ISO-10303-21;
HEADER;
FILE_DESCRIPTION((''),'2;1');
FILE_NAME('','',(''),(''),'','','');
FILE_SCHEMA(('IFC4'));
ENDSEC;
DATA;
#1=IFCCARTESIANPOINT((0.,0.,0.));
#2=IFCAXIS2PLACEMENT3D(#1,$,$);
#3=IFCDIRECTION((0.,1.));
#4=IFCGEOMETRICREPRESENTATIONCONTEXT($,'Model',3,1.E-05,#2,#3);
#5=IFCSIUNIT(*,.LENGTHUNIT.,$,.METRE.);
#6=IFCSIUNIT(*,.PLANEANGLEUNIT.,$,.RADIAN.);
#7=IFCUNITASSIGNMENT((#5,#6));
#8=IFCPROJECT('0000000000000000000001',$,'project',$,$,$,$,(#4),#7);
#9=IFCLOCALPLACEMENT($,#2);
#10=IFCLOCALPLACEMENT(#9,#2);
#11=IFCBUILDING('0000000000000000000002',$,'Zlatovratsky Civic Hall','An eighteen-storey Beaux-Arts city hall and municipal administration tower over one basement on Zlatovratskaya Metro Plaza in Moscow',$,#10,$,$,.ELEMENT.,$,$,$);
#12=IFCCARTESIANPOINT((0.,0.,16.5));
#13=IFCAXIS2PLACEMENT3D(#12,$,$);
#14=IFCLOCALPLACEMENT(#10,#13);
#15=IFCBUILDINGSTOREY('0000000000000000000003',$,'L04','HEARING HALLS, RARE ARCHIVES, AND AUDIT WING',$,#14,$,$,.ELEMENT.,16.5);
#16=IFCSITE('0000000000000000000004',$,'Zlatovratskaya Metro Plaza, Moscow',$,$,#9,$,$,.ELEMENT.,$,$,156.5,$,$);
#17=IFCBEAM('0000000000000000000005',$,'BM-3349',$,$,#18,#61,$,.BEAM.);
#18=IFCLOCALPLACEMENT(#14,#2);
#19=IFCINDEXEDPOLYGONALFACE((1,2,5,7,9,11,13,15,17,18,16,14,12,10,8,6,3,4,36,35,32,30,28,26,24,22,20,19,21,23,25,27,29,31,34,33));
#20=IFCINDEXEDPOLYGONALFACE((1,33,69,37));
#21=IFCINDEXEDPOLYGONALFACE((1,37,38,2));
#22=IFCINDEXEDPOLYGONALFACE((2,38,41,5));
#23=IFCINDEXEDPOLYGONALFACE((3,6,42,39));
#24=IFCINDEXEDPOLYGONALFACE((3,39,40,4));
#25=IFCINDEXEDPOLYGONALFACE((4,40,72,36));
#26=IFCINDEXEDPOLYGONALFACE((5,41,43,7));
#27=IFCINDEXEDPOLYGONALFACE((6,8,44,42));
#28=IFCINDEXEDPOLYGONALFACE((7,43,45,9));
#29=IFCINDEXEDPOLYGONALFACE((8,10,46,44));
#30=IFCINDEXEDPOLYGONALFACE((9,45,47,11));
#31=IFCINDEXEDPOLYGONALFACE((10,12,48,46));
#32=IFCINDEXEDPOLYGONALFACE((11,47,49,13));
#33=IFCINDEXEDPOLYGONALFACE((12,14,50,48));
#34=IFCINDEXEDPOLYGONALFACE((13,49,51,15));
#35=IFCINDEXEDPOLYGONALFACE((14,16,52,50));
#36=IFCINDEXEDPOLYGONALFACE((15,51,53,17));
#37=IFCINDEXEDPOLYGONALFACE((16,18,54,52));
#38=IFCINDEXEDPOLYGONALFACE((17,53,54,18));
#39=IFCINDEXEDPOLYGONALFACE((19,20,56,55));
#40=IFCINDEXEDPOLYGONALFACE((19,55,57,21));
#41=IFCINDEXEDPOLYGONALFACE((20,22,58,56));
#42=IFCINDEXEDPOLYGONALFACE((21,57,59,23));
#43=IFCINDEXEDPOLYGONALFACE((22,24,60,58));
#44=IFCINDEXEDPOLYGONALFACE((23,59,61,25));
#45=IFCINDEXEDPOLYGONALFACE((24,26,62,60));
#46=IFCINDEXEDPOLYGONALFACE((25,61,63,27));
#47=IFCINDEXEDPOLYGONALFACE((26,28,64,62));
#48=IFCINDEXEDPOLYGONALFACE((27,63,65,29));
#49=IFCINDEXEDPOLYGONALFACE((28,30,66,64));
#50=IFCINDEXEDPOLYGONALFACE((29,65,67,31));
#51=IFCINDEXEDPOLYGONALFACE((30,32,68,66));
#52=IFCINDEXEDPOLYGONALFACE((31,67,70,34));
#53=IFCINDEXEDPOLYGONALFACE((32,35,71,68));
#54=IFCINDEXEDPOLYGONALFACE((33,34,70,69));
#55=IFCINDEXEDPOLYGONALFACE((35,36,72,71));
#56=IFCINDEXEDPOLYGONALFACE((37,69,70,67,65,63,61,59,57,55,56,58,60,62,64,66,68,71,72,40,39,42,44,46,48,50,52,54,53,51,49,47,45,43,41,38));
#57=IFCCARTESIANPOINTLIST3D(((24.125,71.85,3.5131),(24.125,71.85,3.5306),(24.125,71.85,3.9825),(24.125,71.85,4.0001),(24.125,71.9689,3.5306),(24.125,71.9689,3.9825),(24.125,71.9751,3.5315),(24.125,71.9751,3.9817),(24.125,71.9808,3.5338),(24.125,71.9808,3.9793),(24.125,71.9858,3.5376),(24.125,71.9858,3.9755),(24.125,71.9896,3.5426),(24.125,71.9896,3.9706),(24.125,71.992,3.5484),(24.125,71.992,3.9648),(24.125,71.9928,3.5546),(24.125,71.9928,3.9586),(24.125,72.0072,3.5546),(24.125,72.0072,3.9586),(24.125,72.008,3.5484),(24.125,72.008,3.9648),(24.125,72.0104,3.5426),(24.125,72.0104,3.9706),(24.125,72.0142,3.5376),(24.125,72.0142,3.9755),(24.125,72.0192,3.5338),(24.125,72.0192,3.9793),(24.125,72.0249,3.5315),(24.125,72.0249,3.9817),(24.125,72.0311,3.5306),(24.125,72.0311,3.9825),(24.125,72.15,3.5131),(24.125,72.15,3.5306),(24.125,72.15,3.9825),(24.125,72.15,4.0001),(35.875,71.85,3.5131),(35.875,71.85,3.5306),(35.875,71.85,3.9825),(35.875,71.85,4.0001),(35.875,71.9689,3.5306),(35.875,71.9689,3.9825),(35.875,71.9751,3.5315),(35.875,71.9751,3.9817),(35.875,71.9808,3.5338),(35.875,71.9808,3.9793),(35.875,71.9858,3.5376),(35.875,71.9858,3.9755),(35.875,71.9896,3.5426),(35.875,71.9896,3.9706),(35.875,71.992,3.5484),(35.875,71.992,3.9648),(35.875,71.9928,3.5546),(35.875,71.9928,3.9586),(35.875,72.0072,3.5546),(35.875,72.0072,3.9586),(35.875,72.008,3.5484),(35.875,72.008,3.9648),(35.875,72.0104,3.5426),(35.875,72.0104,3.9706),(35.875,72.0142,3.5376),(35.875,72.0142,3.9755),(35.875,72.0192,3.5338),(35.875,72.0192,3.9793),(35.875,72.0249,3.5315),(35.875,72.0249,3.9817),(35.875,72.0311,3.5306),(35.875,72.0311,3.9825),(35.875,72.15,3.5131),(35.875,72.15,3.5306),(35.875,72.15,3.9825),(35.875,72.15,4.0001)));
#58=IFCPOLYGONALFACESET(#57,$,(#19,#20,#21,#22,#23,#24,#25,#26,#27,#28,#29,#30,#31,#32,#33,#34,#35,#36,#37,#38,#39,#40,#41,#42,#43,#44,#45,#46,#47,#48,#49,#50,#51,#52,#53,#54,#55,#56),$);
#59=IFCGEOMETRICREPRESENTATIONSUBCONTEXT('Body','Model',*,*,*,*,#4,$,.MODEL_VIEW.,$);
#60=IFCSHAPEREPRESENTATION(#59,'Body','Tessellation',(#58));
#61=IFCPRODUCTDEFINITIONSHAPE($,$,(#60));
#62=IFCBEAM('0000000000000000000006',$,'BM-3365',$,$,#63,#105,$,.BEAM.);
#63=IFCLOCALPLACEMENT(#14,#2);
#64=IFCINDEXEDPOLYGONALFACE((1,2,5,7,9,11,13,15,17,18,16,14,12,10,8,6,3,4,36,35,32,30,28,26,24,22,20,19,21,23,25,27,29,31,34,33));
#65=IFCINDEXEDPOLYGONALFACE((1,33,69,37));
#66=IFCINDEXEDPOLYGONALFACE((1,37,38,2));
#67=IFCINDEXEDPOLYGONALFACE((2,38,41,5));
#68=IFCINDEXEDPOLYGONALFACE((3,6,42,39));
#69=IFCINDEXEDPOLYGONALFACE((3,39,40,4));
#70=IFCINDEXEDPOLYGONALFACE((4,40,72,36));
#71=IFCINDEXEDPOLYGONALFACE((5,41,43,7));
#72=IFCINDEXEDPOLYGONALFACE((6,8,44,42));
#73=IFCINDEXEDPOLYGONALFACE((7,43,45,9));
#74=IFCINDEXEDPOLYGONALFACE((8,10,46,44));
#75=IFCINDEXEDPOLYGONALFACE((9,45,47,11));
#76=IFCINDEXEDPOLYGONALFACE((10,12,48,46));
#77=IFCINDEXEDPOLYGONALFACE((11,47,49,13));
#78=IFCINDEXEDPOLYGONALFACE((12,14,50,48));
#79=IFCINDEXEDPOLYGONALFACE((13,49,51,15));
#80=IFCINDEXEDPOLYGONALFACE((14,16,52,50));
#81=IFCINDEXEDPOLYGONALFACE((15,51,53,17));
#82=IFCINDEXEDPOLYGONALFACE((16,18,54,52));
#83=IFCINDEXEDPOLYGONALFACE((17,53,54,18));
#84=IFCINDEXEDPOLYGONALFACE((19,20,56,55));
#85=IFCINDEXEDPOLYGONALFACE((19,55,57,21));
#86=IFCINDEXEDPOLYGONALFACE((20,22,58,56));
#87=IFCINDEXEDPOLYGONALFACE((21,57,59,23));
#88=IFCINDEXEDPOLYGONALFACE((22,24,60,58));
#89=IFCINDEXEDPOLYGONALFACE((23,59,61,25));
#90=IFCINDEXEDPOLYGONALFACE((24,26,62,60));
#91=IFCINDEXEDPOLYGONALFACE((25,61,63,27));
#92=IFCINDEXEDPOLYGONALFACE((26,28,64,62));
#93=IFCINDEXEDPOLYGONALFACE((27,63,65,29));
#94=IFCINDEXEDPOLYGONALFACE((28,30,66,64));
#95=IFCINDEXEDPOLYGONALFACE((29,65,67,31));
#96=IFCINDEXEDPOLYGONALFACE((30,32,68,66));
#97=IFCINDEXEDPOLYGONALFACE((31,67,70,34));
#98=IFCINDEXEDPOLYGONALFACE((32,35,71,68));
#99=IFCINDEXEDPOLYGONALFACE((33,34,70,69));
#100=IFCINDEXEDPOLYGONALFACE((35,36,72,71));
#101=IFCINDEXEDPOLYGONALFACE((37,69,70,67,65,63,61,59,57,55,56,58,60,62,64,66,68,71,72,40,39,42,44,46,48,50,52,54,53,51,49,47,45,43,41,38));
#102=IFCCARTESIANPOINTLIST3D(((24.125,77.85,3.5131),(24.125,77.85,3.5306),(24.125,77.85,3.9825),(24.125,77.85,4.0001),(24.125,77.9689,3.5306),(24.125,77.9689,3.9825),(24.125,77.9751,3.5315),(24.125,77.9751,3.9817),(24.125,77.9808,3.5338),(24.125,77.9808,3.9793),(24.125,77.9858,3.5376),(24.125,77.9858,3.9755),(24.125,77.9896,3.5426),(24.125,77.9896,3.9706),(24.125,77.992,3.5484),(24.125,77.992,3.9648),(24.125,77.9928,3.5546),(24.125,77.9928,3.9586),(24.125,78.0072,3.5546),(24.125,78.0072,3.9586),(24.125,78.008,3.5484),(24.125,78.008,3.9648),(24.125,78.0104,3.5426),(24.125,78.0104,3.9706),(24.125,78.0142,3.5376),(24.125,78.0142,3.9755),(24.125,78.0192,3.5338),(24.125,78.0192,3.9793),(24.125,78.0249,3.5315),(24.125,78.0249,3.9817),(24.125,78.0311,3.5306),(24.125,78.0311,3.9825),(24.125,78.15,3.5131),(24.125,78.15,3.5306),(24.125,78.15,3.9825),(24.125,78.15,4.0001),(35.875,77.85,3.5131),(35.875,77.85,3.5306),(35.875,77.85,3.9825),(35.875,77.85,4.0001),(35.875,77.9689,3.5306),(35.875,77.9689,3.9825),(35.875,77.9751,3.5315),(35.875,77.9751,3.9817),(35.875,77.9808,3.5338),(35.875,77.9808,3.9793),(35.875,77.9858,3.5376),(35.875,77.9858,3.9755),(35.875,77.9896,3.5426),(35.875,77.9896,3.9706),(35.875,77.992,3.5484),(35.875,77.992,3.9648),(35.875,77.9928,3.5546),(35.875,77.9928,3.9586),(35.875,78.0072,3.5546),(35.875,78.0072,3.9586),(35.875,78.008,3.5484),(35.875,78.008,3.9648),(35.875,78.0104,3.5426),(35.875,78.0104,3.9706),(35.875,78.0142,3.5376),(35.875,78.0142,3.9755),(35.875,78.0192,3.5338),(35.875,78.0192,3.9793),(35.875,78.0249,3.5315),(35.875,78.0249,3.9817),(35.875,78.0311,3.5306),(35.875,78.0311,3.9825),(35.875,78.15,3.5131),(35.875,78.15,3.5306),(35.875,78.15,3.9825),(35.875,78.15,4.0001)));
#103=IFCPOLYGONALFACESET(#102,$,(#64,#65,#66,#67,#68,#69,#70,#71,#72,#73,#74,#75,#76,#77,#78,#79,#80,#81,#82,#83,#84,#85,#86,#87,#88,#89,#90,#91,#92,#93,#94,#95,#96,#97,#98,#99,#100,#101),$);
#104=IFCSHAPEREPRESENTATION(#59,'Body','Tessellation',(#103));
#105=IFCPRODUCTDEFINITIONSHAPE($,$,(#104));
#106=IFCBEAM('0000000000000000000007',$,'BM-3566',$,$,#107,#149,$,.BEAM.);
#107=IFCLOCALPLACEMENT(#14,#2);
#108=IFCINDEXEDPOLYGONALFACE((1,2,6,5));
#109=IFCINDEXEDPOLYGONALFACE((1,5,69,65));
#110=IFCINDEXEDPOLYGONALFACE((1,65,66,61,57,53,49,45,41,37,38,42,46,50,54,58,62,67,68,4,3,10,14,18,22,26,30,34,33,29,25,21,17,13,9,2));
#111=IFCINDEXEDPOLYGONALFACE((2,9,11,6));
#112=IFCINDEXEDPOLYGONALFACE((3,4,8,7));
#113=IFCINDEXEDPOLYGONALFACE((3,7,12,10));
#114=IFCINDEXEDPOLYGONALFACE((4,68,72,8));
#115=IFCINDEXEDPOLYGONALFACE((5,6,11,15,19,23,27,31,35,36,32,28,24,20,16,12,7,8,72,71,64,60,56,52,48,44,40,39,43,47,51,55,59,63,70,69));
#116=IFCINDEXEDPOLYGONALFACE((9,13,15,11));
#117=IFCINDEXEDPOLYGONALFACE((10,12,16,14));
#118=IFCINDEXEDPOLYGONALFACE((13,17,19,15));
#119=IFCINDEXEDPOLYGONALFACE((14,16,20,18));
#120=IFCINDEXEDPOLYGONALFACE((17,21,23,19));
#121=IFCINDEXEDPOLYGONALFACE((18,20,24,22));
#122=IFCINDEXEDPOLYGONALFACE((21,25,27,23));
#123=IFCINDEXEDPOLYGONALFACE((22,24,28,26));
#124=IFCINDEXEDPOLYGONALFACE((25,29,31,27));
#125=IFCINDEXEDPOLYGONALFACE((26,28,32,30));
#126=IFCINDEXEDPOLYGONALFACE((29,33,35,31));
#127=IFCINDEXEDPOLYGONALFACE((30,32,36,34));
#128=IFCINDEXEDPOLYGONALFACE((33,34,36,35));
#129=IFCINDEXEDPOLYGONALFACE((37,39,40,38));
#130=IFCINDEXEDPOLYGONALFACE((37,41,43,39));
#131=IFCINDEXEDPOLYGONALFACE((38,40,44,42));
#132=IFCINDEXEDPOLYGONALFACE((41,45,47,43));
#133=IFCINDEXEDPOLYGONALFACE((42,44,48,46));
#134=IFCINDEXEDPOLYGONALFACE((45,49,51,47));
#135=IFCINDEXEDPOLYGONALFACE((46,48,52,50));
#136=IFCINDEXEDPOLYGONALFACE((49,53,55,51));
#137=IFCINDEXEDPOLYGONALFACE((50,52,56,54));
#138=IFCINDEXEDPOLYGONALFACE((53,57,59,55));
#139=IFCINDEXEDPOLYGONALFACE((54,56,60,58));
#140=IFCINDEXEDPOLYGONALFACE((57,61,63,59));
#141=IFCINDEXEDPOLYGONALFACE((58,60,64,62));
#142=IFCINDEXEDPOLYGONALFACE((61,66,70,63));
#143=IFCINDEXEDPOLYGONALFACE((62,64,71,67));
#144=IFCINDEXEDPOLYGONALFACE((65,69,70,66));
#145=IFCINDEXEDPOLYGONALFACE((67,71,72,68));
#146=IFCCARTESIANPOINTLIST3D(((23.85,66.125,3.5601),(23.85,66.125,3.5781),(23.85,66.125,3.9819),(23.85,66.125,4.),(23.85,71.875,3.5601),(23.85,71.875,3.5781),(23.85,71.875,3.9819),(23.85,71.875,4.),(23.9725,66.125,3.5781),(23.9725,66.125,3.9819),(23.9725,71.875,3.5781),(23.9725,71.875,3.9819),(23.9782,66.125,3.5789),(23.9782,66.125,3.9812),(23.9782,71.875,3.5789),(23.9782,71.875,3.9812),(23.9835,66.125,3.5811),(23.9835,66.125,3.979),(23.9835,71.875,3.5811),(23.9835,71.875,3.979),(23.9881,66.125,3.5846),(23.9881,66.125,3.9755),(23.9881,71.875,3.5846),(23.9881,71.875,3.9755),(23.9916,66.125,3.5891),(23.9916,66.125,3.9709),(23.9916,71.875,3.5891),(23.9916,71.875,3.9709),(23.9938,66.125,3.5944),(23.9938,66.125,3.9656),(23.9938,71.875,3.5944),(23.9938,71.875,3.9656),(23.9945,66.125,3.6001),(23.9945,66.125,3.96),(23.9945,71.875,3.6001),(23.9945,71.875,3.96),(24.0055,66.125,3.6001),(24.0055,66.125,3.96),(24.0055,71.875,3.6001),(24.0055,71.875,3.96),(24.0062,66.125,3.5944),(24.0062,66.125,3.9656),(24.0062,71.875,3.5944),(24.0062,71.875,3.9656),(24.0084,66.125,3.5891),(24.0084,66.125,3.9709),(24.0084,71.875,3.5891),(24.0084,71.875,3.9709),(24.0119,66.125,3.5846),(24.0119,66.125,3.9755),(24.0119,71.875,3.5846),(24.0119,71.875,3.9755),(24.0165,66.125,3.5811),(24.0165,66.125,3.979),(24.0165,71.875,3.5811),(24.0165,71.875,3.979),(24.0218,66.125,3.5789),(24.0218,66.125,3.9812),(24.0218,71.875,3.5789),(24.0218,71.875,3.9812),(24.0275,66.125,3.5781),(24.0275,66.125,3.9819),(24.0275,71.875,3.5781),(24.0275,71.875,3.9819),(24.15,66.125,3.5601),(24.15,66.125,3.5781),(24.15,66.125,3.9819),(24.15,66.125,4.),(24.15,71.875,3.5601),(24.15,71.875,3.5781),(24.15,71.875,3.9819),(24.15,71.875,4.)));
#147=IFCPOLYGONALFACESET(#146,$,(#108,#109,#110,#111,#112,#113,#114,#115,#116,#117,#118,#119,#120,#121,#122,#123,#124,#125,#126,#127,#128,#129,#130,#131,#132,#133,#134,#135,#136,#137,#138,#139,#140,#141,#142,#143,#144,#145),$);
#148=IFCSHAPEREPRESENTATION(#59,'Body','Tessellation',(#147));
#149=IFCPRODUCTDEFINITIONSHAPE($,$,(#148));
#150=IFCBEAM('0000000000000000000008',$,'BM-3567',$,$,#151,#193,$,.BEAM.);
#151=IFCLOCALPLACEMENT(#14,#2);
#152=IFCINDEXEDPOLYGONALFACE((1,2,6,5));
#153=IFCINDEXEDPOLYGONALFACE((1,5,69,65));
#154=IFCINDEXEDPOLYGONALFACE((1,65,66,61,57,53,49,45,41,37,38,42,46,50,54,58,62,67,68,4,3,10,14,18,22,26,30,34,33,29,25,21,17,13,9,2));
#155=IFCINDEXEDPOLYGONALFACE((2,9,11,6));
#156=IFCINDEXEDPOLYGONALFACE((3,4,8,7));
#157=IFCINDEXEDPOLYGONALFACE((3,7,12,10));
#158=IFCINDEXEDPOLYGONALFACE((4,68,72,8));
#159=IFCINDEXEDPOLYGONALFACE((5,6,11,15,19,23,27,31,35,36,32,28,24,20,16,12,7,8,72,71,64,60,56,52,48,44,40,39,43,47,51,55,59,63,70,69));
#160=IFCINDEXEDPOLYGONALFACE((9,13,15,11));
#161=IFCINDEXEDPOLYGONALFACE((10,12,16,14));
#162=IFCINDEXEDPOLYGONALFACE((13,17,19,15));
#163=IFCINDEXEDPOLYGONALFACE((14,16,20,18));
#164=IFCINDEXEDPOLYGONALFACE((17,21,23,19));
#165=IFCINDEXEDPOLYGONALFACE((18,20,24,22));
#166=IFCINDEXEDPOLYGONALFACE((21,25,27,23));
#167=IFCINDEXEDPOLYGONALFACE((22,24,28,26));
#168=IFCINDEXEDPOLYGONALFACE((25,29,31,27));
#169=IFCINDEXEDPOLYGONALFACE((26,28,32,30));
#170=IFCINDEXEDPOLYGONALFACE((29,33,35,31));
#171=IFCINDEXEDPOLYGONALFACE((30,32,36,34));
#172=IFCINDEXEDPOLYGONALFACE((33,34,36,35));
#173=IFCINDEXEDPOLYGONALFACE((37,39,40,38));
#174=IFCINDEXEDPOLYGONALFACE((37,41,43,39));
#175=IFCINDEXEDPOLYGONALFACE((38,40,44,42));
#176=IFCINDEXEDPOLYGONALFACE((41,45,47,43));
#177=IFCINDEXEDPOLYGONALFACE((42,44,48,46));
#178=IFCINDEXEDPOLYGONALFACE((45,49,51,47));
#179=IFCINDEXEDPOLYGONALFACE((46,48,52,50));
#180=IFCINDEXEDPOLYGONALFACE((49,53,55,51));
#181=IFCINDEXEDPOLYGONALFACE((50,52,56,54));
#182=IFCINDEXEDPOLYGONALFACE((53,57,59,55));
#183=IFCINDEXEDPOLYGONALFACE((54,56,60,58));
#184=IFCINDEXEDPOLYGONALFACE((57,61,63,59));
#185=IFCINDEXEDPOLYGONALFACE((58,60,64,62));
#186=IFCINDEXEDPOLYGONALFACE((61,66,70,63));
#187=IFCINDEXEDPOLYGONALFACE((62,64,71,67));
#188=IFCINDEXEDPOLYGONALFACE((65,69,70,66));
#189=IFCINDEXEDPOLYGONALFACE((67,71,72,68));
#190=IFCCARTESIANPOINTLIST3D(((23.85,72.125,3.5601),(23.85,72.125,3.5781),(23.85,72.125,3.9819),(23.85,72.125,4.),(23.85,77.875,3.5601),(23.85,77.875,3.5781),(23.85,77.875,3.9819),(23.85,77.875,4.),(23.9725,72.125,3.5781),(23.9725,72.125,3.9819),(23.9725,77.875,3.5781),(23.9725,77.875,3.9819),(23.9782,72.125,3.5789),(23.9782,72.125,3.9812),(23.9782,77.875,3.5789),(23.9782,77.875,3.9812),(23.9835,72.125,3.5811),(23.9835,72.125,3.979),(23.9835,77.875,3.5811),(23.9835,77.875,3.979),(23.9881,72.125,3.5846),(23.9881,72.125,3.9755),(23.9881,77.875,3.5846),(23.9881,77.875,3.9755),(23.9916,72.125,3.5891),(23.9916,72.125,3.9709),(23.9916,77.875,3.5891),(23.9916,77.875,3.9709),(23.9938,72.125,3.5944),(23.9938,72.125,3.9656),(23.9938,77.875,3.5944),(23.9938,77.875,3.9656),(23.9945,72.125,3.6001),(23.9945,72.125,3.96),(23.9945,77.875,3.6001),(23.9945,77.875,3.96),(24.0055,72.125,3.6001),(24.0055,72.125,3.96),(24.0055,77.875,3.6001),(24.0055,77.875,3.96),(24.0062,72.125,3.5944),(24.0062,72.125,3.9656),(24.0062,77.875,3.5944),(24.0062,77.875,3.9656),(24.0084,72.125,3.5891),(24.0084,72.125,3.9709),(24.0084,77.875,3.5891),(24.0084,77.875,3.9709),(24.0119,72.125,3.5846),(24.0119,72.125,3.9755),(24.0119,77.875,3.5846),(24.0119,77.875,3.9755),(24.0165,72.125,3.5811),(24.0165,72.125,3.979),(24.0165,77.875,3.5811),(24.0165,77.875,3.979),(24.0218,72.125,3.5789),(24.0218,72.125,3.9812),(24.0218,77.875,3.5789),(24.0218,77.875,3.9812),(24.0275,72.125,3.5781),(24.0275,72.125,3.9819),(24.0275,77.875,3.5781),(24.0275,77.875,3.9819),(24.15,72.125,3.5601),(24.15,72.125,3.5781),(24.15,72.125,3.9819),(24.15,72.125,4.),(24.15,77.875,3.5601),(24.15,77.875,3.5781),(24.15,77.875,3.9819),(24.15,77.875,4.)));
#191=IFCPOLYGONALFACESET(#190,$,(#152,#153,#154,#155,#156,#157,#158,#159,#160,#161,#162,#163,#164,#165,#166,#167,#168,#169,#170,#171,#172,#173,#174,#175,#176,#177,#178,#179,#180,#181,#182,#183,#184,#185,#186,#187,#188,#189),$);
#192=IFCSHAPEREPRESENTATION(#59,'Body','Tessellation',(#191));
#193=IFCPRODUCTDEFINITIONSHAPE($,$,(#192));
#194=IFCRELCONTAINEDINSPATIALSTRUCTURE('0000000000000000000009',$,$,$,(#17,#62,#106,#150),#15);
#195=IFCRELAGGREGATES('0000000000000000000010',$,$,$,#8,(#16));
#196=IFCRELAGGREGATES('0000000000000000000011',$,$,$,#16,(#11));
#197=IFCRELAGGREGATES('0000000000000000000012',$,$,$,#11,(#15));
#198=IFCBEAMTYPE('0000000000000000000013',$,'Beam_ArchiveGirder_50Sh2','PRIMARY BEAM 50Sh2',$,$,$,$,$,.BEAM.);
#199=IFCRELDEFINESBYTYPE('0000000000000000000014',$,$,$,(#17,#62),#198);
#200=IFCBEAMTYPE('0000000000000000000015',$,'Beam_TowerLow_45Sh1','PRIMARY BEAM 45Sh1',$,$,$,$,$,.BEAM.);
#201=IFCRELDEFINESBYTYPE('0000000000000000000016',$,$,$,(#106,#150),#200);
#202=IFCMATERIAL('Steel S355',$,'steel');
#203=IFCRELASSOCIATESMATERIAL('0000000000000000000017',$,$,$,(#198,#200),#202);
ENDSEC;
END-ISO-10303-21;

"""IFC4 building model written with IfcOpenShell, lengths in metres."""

from ifc_helpers import new_model, si_unit, direction, frame, origin, origin_2d, place, context, subcontext, project, spatial, i_section, extrude, material, material_profile, profile_set, type_object, element, save


model = new_model("IFC4")

# Units and contexts
model_context = context("Model", 3, precision=1e-05, world=origin(), true_north=direction((0.0, 1.0)))
body_context = subcontext(model_context, "Body", "Model", "MODEL_VIEW")
ifc_project = project(units=[si_unit("LENGTHUNIT", "METRE"), si_unit("PLANEANGLEUNIT", "RADIAN")], contexts=[model_context])

# Site, building, storey
site_placement = place(None, origin())
site = spatial("IfcSite", under=ifc_project, at=site_placement, Name="Zlatovratskaya Metro Plaza, Moscow", CompositionType="ELEMENT", RefElevation=156.5)
building_placement = place(site_placement, origin())
building = spatial("IfcBuilding", under=site, at=building_placement, Name="Zlatovratsky Civic Hall", Description="An eighteen-storey Beaux-Arts city hall and municipal administration tower over one basement on Zlatovratskaya Metro Plaza in Moscow", CompositionType="ELEMENT")
storey_placement = place(building_placement, frame((0.0, 0.0, 16.5)))
storey = spatial("IfcBuildingStorey", under=building, at=storey_placement, Name="L04", Description="HEARING HALLS, RARE ARCHIVES, AND AUDIT WING", CompositionType="ELEMENT", Elevation=16.5)

# Shared definitions
ifc_material_1 = material(Name="Steel S355", Category="steel")

# Beams
ifc_material_profile_1 = material_profile(ifc_material_1, i_section(OverallWidth=0.3, OverallDepth=0.4871, WebThickness=0.0144, FlangeThickness=0.0176, FilletRadius=0.0239, at=origin_2d()), Name="50Sh2")
ifc_profile_set_1 = profile_set([ifc_material_profile_1], Name="Steel S355")
beam_type_1 = type_object("IfcBeamType", Name="Beam_ArchiveGirder_50Sh2", Description="PRIMARY BEAM 50Sh2", PredefinedType="BEAM", material=ifc_profile_set_1)
for number, where, z_axis, x_axis, name in (
    (1, (24.125, 72.0, 3.7566), (1.0, 0.0, 0.0), (0.0, 1.0, 0.0), "BM-3349"),
    (2, (24.125, 78.0, 3.7566), (1.0, 0.0, 0.0), (0.0, 1.0, 0.0), "BM-3365"),
):
    element("IfcBeam", number, at=place(storey_placement, frame(where, z_axis=z_axis, x_axis=x_axis)), inside=storey, type_object=beam_type_1, Name=name, PredefinedType="BEAM", context=body_context, shape_type="SweptSolid", body=[
        extrude(i_section(OverallWidth=0.3, OverallDepth=0.4871, WebThickness=0.0144, FlangeThickness=0.0176, FilletRadius=0.0239, at=origin_2d()), origin(), (0.0, 0.0, 1.0), 11.75),
    ])
ifc_material_profile_2 = material_profile(ifc_material_1, i_section(OverallWidth=0.3, OverallDepth=0.4399, WebThickness=0.011, FlangeThickness=0.0181, FilletRadius=0.022, at=origin_2d()), Name="45Sh1")
ifc_profile_set_2 = profile_set([ifc_material_profile_2], Name="Steel S355")
beam_type_2 = type_object("IfcBeamType", Name="Beam_TowerLow_45Sh1", Description="PRIMARY BEAM 45Sh1", PredefinedType="BEAM", material=ifc_profile_set_2)
for number, where, z_axis, x_axis, name in (
    (3, (24.0, 66.125, 3.78), (0.0, 1.0, 0.0), (-1.0, 0.0, 0.0), "BM-3566"),
    (4, (24.0, 72.125, 3.78), (0.0, 1.0, 0.0), (-1.0, 0.0, 0.0), "BM-3567"),
):
    element("IfcBeam", number, at=place(storey_placement, frame(where, z_axis=z_axis, x_axis=x_axis)), inside=storey, type_object=beam_type_2, Name=name, PredefinedType="BEAM", context=body_context, shape_type="SweptSolid", body=[
        extrude(i_section(OverallWidth=0.3, OverallDepth=0.4399, WebThickness=0.011, FlangeThickness=0.0181, FilletRadius=0.022, at=origin_2d()), origin(), (0.0, 0.0, 1.0), 5.75),
    ])

save(model, "model.ifc")
